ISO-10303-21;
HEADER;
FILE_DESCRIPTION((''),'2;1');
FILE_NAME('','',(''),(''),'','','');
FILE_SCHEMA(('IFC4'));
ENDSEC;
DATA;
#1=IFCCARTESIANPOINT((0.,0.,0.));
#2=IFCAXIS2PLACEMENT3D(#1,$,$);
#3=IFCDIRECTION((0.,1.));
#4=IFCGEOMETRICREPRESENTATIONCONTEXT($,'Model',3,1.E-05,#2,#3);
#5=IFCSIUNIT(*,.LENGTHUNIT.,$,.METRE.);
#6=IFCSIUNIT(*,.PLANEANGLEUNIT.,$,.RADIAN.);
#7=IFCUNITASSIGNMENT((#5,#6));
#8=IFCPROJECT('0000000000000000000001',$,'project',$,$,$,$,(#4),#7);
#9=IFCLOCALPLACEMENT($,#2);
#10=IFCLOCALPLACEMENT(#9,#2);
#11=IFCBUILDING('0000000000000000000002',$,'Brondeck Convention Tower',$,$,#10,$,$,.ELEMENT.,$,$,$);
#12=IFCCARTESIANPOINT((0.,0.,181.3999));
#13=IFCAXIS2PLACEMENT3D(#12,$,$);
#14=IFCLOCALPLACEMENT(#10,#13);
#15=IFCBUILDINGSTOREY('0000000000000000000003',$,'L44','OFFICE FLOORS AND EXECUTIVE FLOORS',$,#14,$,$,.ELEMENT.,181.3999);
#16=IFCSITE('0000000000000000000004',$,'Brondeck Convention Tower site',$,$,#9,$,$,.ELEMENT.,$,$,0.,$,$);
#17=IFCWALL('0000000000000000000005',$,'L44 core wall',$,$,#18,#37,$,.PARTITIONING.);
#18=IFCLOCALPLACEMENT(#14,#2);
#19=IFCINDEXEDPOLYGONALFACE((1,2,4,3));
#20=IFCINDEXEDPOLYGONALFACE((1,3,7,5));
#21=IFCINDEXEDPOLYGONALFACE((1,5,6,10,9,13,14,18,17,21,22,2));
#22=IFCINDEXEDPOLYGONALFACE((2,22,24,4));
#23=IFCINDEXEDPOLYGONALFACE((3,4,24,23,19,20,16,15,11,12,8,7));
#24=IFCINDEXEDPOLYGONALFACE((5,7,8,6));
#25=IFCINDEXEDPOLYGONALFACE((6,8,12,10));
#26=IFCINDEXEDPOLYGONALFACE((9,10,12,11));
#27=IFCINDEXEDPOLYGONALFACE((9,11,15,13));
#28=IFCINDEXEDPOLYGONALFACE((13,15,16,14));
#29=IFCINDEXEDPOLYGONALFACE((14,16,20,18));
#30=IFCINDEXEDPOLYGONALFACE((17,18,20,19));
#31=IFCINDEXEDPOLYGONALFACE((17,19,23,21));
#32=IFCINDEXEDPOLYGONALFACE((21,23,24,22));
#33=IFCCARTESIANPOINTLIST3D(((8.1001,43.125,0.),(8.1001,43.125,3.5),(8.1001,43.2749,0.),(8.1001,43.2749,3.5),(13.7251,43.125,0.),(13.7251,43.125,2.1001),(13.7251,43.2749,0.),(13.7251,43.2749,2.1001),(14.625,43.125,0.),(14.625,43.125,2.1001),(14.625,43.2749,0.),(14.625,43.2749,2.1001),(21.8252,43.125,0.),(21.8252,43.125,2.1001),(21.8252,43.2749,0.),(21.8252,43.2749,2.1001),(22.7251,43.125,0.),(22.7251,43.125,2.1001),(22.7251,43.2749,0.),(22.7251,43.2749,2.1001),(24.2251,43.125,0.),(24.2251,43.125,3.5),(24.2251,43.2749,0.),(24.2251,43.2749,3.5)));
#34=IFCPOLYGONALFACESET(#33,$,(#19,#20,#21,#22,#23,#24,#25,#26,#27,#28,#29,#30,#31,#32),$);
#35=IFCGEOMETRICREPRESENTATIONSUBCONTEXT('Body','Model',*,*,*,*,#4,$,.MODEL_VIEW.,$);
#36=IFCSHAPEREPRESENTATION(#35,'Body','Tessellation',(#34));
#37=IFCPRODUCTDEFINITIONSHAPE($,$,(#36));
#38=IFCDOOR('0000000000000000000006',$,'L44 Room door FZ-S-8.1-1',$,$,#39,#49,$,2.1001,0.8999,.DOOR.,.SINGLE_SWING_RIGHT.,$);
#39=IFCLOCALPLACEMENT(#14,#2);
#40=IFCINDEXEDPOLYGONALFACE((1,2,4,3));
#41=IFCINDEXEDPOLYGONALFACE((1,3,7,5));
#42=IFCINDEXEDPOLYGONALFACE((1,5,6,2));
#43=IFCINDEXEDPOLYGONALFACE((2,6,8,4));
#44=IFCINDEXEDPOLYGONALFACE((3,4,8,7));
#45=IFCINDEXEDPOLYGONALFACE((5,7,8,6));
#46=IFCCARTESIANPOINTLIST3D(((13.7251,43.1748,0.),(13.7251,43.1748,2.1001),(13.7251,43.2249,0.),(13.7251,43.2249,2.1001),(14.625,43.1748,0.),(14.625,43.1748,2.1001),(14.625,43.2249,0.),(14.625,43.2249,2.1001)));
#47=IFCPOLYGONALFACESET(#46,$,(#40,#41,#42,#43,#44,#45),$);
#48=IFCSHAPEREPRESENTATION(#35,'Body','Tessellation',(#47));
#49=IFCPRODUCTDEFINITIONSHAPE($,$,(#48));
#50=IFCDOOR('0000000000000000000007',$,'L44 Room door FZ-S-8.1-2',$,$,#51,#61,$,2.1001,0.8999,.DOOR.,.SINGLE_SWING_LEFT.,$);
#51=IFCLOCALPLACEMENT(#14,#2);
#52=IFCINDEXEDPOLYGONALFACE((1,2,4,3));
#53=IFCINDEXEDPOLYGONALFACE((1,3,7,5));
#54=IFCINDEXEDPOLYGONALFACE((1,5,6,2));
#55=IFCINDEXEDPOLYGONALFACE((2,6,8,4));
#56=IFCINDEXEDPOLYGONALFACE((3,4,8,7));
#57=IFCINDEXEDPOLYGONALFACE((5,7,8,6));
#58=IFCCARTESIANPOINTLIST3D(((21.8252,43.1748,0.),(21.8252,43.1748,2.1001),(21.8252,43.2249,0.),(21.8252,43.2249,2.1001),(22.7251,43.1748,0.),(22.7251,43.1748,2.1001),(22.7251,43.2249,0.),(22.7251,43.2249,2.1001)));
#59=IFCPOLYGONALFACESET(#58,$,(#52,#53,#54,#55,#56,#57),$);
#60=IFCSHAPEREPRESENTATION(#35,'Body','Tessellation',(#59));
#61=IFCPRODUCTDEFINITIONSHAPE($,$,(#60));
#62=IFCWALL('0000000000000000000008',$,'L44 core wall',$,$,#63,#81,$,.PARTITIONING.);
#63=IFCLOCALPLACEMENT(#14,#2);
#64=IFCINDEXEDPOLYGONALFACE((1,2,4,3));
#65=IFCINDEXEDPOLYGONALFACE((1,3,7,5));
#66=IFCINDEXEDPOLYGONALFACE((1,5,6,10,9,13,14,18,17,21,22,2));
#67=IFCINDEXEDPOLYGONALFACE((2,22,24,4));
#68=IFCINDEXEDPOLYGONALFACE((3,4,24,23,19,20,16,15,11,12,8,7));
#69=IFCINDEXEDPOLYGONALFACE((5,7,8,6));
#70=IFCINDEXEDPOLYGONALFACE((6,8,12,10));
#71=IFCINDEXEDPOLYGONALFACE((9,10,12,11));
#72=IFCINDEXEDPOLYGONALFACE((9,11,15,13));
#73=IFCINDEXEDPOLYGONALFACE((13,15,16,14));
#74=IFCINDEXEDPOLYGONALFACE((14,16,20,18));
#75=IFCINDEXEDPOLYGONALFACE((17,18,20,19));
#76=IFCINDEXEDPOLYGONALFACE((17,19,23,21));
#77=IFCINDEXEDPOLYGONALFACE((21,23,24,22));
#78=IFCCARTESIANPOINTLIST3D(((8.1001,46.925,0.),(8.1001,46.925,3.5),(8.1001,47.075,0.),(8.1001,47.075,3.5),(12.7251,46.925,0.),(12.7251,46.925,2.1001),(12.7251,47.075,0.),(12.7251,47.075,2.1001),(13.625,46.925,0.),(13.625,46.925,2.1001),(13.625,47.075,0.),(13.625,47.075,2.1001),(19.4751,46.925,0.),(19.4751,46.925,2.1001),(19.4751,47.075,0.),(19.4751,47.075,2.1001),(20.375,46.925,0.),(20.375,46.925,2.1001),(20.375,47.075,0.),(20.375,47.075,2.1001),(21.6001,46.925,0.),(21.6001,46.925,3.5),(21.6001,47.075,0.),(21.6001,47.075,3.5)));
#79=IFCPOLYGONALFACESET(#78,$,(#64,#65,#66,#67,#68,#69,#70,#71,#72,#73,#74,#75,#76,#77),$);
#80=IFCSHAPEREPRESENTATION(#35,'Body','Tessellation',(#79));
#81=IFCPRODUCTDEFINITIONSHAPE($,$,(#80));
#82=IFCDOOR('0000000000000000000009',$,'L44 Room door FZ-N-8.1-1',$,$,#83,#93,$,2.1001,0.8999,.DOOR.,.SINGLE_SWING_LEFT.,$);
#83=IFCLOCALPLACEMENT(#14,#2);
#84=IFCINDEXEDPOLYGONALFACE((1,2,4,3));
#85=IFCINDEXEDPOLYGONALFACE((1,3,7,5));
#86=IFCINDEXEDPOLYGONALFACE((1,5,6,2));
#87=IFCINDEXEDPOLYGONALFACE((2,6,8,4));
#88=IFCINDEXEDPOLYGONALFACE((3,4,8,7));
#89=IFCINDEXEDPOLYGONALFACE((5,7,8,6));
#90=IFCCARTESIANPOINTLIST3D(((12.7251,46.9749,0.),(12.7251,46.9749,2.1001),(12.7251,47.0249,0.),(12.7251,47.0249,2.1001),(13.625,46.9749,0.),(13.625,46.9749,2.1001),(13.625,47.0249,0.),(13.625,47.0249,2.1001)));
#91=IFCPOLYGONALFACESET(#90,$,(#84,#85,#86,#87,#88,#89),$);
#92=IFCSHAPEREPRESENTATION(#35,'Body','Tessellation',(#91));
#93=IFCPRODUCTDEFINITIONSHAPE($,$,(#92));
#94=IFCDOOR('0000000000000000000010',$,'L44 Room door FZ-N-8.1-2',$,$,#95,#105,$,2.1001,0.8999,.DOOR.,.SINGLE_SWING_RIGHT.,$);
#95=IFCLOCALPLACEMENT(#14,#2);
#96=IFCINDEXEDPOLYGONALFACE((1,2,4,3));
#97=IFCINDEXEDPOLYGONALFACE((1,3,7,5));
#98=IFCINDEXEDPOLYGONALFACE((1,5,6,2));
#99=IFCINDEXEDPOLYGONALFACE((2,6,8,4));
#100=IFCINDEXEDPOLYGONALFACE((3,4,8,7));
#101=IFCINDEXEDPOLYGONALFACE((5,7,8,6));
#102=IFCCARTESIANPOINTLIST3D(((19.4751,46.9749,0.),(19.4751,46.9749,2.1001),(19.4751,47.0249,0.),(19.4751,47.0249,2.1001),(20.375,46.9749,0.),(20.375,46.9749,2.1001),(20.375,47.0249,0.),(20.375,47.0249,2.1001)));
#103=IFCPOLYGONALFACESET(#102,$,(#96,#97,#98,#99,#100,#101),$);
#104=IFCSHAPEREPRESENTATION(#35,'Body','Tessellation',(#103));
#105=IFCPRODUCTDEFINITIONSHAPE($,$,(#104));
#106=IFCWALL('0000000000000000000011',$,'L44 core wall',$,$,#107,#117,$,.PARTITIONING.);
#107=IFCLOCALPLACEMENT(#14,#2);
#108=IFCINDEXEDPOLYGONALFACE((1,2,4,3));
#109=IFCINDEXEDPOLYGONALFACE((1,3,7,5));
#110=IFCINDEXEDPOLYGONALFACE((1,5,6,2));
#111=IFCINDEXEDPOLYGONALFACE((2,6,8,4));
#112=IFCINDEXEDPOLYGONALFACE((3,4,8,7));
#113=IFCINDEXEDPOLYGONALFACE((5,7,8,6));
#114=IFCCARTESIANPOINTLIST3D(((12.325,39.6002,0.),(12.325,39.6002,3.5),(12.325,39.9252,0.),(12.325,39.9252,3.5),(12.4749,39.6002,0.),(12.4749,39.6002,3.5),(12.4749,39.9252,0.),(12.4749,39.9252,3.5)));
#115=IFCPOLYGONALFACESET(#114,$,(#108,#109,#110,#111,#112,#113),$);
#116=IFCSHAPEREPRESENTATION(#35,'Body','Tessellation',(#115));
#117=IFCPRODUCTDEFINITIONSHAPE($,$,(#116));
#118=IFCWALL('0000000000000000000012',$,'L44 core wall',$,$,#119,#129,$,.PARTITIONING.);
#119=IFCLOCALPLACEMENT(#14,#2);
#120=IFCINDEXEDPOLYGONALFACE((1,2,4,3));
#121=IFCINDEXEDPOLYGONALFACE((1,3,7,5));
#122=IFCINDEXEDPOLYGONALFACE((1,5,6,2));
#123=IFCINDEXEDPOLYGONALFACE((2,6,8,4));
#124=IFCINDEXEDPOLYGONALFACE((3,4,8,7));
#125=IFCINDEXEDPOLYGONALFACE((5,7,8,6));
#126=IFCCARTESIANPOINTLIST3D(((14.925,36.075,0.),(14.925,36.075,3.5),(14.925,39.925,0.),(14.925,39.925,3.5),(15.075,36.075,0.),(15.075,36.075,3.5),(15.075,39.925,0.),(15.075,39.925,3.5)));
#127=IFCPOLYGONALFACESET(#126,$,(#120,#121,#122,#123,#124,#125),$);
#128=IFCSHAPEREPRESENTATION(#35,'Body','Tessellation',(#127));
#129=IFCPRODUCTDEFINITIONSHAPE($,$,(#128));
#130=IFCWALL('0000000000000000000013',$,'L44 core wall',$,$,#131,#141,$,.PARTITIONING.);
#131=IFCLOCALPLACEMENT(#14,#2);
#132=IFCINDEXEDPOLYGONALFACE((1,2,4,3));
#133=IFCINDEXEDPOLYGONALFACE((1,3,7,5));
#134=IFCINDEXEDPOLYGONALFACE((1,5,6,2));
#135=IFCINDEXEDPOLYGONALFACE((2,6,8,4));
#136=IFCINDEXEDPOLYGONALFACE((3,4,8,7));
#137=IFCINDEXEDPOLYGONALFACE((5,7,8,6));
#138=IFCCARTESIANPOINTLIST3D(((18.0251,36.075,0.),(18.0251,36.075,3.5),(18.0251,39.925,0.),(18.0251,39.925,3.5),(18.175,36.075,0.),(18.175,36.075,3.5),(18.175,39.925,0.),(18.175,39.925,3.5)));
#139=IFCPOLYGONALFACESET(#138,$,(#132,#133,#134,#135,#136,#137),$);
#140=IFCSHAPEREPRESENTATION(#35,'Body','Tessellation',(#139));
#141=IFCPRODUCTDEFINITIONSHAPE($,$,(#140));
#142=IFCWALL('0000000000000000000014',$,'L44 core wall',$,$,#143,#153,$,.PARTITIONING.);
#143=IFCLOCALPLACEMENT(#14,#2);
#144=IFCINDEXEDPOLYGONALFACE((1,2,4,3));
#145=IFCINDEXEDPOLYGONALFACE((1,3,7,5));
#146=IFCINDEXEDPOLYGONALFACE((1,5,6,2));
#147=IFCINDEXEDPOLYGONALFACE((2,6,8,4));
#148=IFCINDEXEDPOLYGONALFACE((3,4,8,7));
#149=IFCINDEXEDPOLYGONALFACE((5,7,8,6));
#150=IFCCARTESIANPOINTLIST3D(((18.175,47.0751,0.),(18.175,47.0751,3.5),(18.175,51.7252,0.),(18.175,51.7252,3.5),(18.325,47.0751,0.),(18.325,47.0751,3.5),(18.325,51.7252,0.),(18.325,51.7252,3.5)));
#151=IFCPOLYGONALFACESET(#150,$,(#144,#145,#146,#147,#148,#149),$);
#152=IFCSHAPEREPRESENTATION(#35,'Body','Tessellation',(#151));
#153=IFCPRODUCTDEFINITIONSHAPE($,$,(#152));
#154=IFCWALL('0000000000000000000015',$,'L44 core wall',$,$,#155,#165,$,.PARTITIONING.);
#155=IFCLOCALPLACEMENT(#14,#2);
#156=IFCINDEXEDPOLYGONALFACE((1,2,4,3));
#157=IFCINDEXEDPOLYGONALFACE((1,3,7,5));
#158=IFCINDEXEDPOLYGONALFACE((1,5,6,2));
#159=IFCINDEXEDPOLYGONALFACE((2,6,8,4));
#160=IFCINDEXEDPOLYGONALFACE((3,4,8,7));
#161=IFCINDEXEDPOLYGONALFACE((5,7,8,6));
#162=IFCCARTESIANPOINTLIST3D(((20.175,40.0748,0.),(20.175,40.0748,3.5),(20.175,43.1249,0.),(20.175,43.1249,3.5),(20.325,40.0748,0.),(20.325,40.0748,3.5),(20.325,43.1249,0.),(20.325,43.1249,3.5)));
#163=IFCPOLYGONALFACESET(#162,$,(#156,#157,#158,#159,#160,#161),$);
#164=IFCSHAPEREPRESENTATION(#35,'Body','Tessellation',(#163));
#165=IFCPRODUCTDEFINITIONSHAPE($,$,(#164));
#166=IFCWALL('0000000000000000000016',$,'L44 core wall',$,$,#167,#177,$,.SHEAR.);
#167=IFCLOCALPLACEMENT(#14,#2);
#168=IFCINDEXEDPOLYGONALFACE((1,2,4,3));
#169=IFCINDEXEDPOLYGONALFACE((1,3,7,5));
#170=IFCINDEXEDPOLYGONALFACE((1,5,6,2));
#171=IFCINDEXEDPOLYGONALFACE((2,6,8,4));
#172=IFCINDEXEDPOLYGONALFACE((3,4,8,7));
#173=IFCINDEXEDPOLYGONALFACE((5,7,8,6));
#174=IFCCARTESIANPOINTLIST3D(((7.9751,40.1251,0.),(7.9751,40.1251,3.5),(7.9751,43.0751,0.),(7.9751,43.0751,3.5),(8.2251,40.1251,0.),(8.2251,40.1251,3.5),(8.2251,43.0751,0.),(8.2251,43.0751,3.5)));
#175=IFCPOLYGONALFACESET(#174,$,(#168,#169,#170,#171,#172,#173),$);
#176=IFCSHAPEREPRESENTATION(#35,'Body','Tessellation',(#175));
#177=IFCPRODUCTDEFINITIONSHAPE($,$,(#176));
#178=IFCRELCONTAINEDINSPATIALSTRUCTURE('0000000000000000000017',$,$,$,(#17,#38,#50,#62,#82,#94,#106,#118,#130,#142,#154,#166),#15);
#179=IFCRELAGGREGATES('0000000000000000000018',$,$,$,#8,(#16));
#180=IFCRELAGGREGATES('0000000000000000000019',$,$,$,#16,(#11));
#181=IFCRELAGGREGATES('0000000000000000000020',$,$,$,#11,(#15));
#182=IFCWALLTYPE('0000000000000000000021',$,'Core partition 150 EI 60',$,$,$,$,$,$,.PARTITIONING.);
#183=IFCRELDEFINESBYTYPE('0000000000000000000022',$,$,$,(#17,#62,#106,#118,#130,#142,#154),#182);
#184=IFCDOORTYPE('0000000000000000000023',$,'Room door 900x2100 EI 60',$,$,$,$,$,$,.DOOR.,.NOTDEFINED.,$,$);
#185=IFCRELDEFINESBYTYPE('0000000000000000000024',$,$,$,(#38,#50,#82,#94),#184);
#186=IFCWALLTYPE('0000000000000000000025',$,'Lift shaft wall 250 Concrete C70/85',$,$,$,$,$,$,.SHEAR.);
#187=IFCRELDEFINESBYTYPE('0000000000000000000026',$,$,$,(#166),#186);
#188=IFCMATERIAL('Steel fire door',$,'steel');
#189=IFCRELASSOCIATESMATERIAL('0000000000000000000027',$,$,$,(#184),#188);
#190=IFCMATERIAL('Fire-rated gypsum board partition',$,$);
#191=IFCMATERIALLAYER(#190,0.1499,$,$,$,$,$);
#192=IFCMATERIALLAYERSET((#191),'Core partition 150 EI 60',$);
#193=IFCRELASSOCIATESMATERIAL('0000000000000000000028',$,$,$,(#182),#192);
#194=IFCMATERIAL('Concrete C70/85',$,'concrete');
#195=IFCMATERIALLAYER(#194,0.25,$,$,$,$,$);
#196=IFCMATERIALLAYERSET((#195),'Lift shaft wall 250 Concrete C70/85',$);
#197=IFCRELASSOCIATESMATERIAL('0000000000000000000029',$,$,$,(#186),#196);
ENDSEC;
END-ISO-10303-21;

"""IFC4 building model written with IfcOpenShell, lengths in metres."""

from ifc_helpers import new_model, si_unit, direction, frame, frame_2d, origin, place, context, subcontext, project, spatial, rectangle, extrude, material, layer, layer_set, type_object, element, fill, save


model = new_model("IFC4")

# Units and contexts
model_context = context("Model", 3, precision=1e-05, world=origin(), true_north=direction((0.0, 1.0)))
body_context = subcontext(model_context, "Body", "Model", "MODEL_VIEW")
ifc_project = project(units=[si_unit("LENGTHUNIT", "METRE"), si_unit("PLANEANGLEUNIT", "RADIAN")], contexts=[model_context])

# Site, building, storey
site_placement = place(None, origin())
site = spatial("IfcSite", under=ifc_project, at=site_placement, Name="Brondeck Convention Tower site", CompositionType="ELEMENT", RefElevation=0.0)
building_placement = place(site_placement, origin())
building = spatial("IfcBuilding", under=site, at=building_placement, Name="Brondeck Convention Tower", CompositionType="ELEMENT")
storey_placement = place(building_placement, frame((0.0, 0.0, 181.3999)))
storey = spatial("IfcBuildingStorey", under=building, at=storey_placement, Name="L44", Description="OFFICE FLOORS AND EXECUTIVE FLOORS", CompositionType="ELEMENT", Elevation=181.3999)

# Shared definitions
ifc_material_1 = material(Name="Concrete C70/85", Category="concrete")
ifc_material_2 = material(Name="Steel fire door", Category="steel")
door_type_1 = type_object("IfcDoorType", Name="Room door 900x2100 EI 60", OperationType="NOTDEFINED", PredefinedType="DOOR", material=ifc_material_2)

# Shared definitions
ifc_material_3 = material(Name="Fire-rated gypsum board partition")
ifc_layer_1 = layer(ifc_material_3, 0.1499)
ifc_layer_set_1 = layer_set([ifc_layer_1], Name="Core partition 150 EI 60")
wall_type_1 = type_object("IfcWallType", Name="Core partition 150 EI 60", PredefinedType="PARTITIONING", material=ifc_layer_set_1)

# Walls, openings, doors
wall_1_placement = place(storey_placement, frame((8.1001, 43.2, 0.0), z_axis=(0.0, 0.0, 1.0), x_axis=(1.0, 0.0, 0.0)))
wall_1 = element("IfcWall", 1, at=wall_1_placement, inside=storey, type_object=wall_type_1, Name="L44 core wall", PredefinedType="PARTITIONING", context=body_context, shape_type="SweptSolid", body=[
    extrude(rectangle(XDim=16.125, YDim=0.1499, at=frame_2d((8.0625, 0.0))), origin(), (0.0, 0.0, 1.0), 3.5),
])
opening_1_placement = place(wall_1_placement, frame((5.625, 0.0, 0.0)))
opening_1 = element("IfcOpeningElement", 2, at=opening_1_placement, cuts=wall_1, PredefinedType="OPENING", context=body_context, shape_type="SweptSolid", body=[
    extrude(rectangle(XDim=0.8999, YDim=2.1001, at=frame_2d((0.45, 1.05))), frame((0.0, 0.085, 0.0), z_axis=(0.0, -1.0, 0.0), x_axis=(1.0, 0.0, 0.0)), (0.0, 0.0, 1.0), 0.1699),
])
opening_2_placement = place(wall_1_placement, frame((13.7251, 0.0, 0.0)))
opening_2 = element("IfcOpeningElement", 3, at=opening_2_placement, cuts=wall_1, PredefinedType="OPENING", context=body_context, shape_type="SweptSolid", body=[
    extrude(rectangle(XDim=0.8999, YDim=2.1001, at=frame_2d((0.45, 1.05))), frame((0.0, 0.085, 0.0), z_axis=(0.0, -1.0, 0.0), x_axis=(1.0, 0.0, 0.0)), (0.0, 0.0, 1.0), 0.1699),
])
door_1_placement = place(opening_1_placement, origin())
door_1 = element("IfcDoor", 4, at=door_1_placement, inside=storey, type_object=door_type_1, Name="L44 Room door FZ-S-8.1-1", OperationType="SINGLE_SWING_RIGHT", OverallHeight=2.1001, OverallWidth=0.8999, PredefinedType="DOOR", context=body_context, shape_type="SweptSolid", body=[
    extrude(rectangle(XDim=0.8999, YDim=2.1001, at=frame_2d((0.45, 1.05))), frame((0.0, 0.0249, 0.0), z_axis=(0.0, -1.0, 0.0), x_axis=(1.0, 0.0, 0.0)), (0.0, 0.0, 1.0), 0.05),
])
fill(opening_1, door_1)
door_2_placement = place(opening_2_placement, origin())
door_2 = element("IfcDoor", 5, at=door_2_placement, inside=storey, type_object=door_type_1, Name="L44 Room door FZ-S-8.1-2", OperationType="SINGLE_SWING_LEFT", OverallHeight=2.1001, OverallWidth=0.8999, PredefinedType="DOOR", context=body_context, shape_type="SweptSolid", body=[
    extrude(rectangle(XDim=0.8999, YDim=2.1001, at=frame_2d((0.45, 1.05))), frame((0.0, 0.0249, 0.0), z_axis=(0.0, -1.0, 0.0), x_axis=(1.0, 0.0, 0.0)), (0.0, 0.0, 1.0), 0.05),
])
fill(opening_2, door_2)
wall_2_placement = place(storey_placement, frame((8.1001, 47.0, 0.0), z_axis=(0.0, 0.0, 1.0), x_axis=(1.0, 0.0, 0.0)))
wall_2 = element("IfcWall", 6, at=wall_2_placement, inside=storey, type_object=wall_type_1, Name="L44 core wall", PredefinedType="PARTITIONING", context=body_context, shape_type="SweptSolid", body=[
    extrude(rectangle(XDim=13.5, YDim=0.1499, at=frame_2d((6.75, 0.0))), origin(), (0.0, 0.0, 1.0), 3.5),
])
opening_3_placement = place(wall_2_placement, frame((4.625, 0.0, 0.0)))
opening_3 = element("IfcOpeningElement", 7, at=opening_3_placement, cuts=wall_2, PredefinedType="OPENING", context=body_context, shape_type="SweptSolid", body=[
    extrude(rectangle(XDim=0.8999, YDim=2.1001, at=frame_2d((0.45, 1.05))), frame((0.0, 0.085, 0.0), z_axis=(0.0, -1.0, 0.0), x_axis=(1.0, 0.0, 0.0)), (0.0, 0.0, 1.0), 0.1699),
])
opening_4_placement = place(wall_2_placement, frame((11.375, 0.0, 0.0)))
opening_4 = element("IfcOpeningElement", 8, at=opening_4_placement, cuts=wall_2, PredefinedType="OPENING", context=body_context, shape_type="SweptSolid", body=[
    extrude(rectangle(XDim=0.8999, YDim=2.1001, at=frame_2d((0.45, 1.05))), frame((0.0, 0.085, 0.0), z_axis=(0.0, -1.0, 0.0), x_axis=(1.0, 0.0, 0.0)), (0.0, 0.0, 1.0), 0.1699),
])
door_3_placement = place(opening_3_placement, origin())
door_3 = element("IfcDoor", 9, at=door_3_placement, inside=storey, type_object=door_type_1, Name="L44 Room door FZ-N-8.1-1", OperationType="SINGLE_SWING_LEFT", OverallHeight=2.1001, OverallWidth=0.8999, PredefinedType="DOOR", context=body_context, shape_type="SweptSolid", body=[
    extrude(rectangle(XDim=0.8999, YDim=2.1001, at=frame_2d((0.45, 1.05))), frame((0.0, 0.0249, 0.0), z_axis=(0.0, -1.0, 0.0), x_axis=(1.0, 0.0, 0.0)), (0.0, 0.0, 1.0), 0.05),
])
fill(opening_3, door_3)
door_4_placement = place(opening_4_placement, origin())
door_4 = element("IfcDoor", 10, at=door_4_placement, inside=storey, type_object=door_type_1, Name="L44 Room door FZ-N-8.1-2", OperationType="SINGLE_SWING_RIGHT", OverallHeight=2.1001, OverallWidth=0.8999, PredefinedType="DOOR", context=body_context, shape_type="SweptSolid", body=[
    extrude(rectangle(XDim=0.8999, YDim=2.1001, at=frame_2d((0.45, 1.05))), frame((0.0, 0.0249, 0.0), z_axis=(0.0, -1.0, 0.0), x_axis=(1.0, 0.0, 0.0)), (0.0, 0.0, 1.0), 0.05),
])
fill(opening_4, door_4)

# Walls
wall_3_placement = place(storey_placement, frame((12.3999, 39.6001, 0.0), z_axis=(0.0, 0.0, 1.0), x_axis=(0.0, 1.0, 0.0)))
element("IfcWall", 11, at=wall_3_placement, inside=storey, type_object=wall_type_1, Name="L44 core wall", PredefinedType="PARTITIONING", context=body_context, shape_type="SweptSolid", body=[
    extrude(rectangle(XDim=0.325, YDim=0.1499, at=frame_2d((0.1626, 0.0))), origin(), (0.0, 0.0, 1.0), 3.5),
])
for number, where, z_axis, x_axis, name in (
    (12, (15.0, 36.075, 0.0), (0.0, 0.0, 1.0), (0.0, 1.0, 0.0), "L44 core wall"),
    (13, (18.1001, 36.075, 0.0), (0.0, 0.0, 1.0), (0.0, 1.0, 0.0), "L44 core wall"),
):
    element("IfcWall", number, at=place(storey_placement, frame(where, z_axis=z_axis, x_axis=x_axis)), inside=storey, type_object=wall_type_1, Name=name, PredefinedType="PARTITIONING", context=body_context, shape_type="SweptSolid", body=[
        extrude(rectangle(XDim=3.8501, YDim=0.1499, at=frame_2d((1.925, 0.0))), origin(), (0.0, 0.0, 1.0), 3.5),
    ])
wall_4_placement = place(storey_placement, frame((18.25, 47.075, 0.0), z_axis=(0.0, 0.0, 1.0), x_axis=(0.0, 1.0, 0.0)))
element("IfcWall", 14, at=wall_4_placement, inside=storey, type_object=wall_type_1, Name="L44 core wall", PredefinedType="PARTITIONING", context=body_context, shape_type="SweptSolid", body=[
    extrude(rectangle(XDim=4.6501, YDim=0.1499, at=frame_2d((2.3252, 0.0))), origin(), (0.0, 0.0, 1.0), 3.5),
])
wall_5_placement = place(storey_placement, frame((20.25, 40.075, 0.0), z_axis=(0.0, 0.0, 1.0), x_axis=(0.0, 1.0, 0.0)))
element("IfcWall", 15, at=wall_5_placement, inside=storey, type_object=wall_type_1, Name="L44 core wall", PredefinedType="PARTITIONING", context=body_context, shape_type="SweptSolid", body=[
    extrude(rectangle(XDim=3.05, YDim=0.1499, at=frame_2d((1.5249, 0.0))), origin(), (0.0, 0.0, 1.0), 3.5),
])
ifc_layer_2 = layer(ifc_material_1, 0.25)
ifc_layer_set_2 = layer_set([ifc_layer_2], Name="Lift shaft wall 250 Concrete C70/85")
wall_type_2 = type_object("IfcWallType", Name="Lift shaft wall 250 Concrete C70/85", PredefinedType="SHEAR", material=ifc_layer_set_2)
wall_6_placement = place(storey_placement, frame((8.1001, 40.125, 0.0), z_axis=(0.0, 0.0, 1.0), x_axis=(0.0, 1.0, 0.0)))
element("IfcWall", 16, at=wall_6_placement, inside=storey, type_object=wall_type_2, Name="L44 core wall", PredefinedType="SHEAR", context=body_context, shape_type="SweptSolid", body=[
    extrude(rectangle(XDim=2.95, YDim=0.25, at=frame_2d((1.4751, 0.0))), origin(), (0.0, 0.0, 1.0), 3.5),
])

save(model, "model.ifc")
